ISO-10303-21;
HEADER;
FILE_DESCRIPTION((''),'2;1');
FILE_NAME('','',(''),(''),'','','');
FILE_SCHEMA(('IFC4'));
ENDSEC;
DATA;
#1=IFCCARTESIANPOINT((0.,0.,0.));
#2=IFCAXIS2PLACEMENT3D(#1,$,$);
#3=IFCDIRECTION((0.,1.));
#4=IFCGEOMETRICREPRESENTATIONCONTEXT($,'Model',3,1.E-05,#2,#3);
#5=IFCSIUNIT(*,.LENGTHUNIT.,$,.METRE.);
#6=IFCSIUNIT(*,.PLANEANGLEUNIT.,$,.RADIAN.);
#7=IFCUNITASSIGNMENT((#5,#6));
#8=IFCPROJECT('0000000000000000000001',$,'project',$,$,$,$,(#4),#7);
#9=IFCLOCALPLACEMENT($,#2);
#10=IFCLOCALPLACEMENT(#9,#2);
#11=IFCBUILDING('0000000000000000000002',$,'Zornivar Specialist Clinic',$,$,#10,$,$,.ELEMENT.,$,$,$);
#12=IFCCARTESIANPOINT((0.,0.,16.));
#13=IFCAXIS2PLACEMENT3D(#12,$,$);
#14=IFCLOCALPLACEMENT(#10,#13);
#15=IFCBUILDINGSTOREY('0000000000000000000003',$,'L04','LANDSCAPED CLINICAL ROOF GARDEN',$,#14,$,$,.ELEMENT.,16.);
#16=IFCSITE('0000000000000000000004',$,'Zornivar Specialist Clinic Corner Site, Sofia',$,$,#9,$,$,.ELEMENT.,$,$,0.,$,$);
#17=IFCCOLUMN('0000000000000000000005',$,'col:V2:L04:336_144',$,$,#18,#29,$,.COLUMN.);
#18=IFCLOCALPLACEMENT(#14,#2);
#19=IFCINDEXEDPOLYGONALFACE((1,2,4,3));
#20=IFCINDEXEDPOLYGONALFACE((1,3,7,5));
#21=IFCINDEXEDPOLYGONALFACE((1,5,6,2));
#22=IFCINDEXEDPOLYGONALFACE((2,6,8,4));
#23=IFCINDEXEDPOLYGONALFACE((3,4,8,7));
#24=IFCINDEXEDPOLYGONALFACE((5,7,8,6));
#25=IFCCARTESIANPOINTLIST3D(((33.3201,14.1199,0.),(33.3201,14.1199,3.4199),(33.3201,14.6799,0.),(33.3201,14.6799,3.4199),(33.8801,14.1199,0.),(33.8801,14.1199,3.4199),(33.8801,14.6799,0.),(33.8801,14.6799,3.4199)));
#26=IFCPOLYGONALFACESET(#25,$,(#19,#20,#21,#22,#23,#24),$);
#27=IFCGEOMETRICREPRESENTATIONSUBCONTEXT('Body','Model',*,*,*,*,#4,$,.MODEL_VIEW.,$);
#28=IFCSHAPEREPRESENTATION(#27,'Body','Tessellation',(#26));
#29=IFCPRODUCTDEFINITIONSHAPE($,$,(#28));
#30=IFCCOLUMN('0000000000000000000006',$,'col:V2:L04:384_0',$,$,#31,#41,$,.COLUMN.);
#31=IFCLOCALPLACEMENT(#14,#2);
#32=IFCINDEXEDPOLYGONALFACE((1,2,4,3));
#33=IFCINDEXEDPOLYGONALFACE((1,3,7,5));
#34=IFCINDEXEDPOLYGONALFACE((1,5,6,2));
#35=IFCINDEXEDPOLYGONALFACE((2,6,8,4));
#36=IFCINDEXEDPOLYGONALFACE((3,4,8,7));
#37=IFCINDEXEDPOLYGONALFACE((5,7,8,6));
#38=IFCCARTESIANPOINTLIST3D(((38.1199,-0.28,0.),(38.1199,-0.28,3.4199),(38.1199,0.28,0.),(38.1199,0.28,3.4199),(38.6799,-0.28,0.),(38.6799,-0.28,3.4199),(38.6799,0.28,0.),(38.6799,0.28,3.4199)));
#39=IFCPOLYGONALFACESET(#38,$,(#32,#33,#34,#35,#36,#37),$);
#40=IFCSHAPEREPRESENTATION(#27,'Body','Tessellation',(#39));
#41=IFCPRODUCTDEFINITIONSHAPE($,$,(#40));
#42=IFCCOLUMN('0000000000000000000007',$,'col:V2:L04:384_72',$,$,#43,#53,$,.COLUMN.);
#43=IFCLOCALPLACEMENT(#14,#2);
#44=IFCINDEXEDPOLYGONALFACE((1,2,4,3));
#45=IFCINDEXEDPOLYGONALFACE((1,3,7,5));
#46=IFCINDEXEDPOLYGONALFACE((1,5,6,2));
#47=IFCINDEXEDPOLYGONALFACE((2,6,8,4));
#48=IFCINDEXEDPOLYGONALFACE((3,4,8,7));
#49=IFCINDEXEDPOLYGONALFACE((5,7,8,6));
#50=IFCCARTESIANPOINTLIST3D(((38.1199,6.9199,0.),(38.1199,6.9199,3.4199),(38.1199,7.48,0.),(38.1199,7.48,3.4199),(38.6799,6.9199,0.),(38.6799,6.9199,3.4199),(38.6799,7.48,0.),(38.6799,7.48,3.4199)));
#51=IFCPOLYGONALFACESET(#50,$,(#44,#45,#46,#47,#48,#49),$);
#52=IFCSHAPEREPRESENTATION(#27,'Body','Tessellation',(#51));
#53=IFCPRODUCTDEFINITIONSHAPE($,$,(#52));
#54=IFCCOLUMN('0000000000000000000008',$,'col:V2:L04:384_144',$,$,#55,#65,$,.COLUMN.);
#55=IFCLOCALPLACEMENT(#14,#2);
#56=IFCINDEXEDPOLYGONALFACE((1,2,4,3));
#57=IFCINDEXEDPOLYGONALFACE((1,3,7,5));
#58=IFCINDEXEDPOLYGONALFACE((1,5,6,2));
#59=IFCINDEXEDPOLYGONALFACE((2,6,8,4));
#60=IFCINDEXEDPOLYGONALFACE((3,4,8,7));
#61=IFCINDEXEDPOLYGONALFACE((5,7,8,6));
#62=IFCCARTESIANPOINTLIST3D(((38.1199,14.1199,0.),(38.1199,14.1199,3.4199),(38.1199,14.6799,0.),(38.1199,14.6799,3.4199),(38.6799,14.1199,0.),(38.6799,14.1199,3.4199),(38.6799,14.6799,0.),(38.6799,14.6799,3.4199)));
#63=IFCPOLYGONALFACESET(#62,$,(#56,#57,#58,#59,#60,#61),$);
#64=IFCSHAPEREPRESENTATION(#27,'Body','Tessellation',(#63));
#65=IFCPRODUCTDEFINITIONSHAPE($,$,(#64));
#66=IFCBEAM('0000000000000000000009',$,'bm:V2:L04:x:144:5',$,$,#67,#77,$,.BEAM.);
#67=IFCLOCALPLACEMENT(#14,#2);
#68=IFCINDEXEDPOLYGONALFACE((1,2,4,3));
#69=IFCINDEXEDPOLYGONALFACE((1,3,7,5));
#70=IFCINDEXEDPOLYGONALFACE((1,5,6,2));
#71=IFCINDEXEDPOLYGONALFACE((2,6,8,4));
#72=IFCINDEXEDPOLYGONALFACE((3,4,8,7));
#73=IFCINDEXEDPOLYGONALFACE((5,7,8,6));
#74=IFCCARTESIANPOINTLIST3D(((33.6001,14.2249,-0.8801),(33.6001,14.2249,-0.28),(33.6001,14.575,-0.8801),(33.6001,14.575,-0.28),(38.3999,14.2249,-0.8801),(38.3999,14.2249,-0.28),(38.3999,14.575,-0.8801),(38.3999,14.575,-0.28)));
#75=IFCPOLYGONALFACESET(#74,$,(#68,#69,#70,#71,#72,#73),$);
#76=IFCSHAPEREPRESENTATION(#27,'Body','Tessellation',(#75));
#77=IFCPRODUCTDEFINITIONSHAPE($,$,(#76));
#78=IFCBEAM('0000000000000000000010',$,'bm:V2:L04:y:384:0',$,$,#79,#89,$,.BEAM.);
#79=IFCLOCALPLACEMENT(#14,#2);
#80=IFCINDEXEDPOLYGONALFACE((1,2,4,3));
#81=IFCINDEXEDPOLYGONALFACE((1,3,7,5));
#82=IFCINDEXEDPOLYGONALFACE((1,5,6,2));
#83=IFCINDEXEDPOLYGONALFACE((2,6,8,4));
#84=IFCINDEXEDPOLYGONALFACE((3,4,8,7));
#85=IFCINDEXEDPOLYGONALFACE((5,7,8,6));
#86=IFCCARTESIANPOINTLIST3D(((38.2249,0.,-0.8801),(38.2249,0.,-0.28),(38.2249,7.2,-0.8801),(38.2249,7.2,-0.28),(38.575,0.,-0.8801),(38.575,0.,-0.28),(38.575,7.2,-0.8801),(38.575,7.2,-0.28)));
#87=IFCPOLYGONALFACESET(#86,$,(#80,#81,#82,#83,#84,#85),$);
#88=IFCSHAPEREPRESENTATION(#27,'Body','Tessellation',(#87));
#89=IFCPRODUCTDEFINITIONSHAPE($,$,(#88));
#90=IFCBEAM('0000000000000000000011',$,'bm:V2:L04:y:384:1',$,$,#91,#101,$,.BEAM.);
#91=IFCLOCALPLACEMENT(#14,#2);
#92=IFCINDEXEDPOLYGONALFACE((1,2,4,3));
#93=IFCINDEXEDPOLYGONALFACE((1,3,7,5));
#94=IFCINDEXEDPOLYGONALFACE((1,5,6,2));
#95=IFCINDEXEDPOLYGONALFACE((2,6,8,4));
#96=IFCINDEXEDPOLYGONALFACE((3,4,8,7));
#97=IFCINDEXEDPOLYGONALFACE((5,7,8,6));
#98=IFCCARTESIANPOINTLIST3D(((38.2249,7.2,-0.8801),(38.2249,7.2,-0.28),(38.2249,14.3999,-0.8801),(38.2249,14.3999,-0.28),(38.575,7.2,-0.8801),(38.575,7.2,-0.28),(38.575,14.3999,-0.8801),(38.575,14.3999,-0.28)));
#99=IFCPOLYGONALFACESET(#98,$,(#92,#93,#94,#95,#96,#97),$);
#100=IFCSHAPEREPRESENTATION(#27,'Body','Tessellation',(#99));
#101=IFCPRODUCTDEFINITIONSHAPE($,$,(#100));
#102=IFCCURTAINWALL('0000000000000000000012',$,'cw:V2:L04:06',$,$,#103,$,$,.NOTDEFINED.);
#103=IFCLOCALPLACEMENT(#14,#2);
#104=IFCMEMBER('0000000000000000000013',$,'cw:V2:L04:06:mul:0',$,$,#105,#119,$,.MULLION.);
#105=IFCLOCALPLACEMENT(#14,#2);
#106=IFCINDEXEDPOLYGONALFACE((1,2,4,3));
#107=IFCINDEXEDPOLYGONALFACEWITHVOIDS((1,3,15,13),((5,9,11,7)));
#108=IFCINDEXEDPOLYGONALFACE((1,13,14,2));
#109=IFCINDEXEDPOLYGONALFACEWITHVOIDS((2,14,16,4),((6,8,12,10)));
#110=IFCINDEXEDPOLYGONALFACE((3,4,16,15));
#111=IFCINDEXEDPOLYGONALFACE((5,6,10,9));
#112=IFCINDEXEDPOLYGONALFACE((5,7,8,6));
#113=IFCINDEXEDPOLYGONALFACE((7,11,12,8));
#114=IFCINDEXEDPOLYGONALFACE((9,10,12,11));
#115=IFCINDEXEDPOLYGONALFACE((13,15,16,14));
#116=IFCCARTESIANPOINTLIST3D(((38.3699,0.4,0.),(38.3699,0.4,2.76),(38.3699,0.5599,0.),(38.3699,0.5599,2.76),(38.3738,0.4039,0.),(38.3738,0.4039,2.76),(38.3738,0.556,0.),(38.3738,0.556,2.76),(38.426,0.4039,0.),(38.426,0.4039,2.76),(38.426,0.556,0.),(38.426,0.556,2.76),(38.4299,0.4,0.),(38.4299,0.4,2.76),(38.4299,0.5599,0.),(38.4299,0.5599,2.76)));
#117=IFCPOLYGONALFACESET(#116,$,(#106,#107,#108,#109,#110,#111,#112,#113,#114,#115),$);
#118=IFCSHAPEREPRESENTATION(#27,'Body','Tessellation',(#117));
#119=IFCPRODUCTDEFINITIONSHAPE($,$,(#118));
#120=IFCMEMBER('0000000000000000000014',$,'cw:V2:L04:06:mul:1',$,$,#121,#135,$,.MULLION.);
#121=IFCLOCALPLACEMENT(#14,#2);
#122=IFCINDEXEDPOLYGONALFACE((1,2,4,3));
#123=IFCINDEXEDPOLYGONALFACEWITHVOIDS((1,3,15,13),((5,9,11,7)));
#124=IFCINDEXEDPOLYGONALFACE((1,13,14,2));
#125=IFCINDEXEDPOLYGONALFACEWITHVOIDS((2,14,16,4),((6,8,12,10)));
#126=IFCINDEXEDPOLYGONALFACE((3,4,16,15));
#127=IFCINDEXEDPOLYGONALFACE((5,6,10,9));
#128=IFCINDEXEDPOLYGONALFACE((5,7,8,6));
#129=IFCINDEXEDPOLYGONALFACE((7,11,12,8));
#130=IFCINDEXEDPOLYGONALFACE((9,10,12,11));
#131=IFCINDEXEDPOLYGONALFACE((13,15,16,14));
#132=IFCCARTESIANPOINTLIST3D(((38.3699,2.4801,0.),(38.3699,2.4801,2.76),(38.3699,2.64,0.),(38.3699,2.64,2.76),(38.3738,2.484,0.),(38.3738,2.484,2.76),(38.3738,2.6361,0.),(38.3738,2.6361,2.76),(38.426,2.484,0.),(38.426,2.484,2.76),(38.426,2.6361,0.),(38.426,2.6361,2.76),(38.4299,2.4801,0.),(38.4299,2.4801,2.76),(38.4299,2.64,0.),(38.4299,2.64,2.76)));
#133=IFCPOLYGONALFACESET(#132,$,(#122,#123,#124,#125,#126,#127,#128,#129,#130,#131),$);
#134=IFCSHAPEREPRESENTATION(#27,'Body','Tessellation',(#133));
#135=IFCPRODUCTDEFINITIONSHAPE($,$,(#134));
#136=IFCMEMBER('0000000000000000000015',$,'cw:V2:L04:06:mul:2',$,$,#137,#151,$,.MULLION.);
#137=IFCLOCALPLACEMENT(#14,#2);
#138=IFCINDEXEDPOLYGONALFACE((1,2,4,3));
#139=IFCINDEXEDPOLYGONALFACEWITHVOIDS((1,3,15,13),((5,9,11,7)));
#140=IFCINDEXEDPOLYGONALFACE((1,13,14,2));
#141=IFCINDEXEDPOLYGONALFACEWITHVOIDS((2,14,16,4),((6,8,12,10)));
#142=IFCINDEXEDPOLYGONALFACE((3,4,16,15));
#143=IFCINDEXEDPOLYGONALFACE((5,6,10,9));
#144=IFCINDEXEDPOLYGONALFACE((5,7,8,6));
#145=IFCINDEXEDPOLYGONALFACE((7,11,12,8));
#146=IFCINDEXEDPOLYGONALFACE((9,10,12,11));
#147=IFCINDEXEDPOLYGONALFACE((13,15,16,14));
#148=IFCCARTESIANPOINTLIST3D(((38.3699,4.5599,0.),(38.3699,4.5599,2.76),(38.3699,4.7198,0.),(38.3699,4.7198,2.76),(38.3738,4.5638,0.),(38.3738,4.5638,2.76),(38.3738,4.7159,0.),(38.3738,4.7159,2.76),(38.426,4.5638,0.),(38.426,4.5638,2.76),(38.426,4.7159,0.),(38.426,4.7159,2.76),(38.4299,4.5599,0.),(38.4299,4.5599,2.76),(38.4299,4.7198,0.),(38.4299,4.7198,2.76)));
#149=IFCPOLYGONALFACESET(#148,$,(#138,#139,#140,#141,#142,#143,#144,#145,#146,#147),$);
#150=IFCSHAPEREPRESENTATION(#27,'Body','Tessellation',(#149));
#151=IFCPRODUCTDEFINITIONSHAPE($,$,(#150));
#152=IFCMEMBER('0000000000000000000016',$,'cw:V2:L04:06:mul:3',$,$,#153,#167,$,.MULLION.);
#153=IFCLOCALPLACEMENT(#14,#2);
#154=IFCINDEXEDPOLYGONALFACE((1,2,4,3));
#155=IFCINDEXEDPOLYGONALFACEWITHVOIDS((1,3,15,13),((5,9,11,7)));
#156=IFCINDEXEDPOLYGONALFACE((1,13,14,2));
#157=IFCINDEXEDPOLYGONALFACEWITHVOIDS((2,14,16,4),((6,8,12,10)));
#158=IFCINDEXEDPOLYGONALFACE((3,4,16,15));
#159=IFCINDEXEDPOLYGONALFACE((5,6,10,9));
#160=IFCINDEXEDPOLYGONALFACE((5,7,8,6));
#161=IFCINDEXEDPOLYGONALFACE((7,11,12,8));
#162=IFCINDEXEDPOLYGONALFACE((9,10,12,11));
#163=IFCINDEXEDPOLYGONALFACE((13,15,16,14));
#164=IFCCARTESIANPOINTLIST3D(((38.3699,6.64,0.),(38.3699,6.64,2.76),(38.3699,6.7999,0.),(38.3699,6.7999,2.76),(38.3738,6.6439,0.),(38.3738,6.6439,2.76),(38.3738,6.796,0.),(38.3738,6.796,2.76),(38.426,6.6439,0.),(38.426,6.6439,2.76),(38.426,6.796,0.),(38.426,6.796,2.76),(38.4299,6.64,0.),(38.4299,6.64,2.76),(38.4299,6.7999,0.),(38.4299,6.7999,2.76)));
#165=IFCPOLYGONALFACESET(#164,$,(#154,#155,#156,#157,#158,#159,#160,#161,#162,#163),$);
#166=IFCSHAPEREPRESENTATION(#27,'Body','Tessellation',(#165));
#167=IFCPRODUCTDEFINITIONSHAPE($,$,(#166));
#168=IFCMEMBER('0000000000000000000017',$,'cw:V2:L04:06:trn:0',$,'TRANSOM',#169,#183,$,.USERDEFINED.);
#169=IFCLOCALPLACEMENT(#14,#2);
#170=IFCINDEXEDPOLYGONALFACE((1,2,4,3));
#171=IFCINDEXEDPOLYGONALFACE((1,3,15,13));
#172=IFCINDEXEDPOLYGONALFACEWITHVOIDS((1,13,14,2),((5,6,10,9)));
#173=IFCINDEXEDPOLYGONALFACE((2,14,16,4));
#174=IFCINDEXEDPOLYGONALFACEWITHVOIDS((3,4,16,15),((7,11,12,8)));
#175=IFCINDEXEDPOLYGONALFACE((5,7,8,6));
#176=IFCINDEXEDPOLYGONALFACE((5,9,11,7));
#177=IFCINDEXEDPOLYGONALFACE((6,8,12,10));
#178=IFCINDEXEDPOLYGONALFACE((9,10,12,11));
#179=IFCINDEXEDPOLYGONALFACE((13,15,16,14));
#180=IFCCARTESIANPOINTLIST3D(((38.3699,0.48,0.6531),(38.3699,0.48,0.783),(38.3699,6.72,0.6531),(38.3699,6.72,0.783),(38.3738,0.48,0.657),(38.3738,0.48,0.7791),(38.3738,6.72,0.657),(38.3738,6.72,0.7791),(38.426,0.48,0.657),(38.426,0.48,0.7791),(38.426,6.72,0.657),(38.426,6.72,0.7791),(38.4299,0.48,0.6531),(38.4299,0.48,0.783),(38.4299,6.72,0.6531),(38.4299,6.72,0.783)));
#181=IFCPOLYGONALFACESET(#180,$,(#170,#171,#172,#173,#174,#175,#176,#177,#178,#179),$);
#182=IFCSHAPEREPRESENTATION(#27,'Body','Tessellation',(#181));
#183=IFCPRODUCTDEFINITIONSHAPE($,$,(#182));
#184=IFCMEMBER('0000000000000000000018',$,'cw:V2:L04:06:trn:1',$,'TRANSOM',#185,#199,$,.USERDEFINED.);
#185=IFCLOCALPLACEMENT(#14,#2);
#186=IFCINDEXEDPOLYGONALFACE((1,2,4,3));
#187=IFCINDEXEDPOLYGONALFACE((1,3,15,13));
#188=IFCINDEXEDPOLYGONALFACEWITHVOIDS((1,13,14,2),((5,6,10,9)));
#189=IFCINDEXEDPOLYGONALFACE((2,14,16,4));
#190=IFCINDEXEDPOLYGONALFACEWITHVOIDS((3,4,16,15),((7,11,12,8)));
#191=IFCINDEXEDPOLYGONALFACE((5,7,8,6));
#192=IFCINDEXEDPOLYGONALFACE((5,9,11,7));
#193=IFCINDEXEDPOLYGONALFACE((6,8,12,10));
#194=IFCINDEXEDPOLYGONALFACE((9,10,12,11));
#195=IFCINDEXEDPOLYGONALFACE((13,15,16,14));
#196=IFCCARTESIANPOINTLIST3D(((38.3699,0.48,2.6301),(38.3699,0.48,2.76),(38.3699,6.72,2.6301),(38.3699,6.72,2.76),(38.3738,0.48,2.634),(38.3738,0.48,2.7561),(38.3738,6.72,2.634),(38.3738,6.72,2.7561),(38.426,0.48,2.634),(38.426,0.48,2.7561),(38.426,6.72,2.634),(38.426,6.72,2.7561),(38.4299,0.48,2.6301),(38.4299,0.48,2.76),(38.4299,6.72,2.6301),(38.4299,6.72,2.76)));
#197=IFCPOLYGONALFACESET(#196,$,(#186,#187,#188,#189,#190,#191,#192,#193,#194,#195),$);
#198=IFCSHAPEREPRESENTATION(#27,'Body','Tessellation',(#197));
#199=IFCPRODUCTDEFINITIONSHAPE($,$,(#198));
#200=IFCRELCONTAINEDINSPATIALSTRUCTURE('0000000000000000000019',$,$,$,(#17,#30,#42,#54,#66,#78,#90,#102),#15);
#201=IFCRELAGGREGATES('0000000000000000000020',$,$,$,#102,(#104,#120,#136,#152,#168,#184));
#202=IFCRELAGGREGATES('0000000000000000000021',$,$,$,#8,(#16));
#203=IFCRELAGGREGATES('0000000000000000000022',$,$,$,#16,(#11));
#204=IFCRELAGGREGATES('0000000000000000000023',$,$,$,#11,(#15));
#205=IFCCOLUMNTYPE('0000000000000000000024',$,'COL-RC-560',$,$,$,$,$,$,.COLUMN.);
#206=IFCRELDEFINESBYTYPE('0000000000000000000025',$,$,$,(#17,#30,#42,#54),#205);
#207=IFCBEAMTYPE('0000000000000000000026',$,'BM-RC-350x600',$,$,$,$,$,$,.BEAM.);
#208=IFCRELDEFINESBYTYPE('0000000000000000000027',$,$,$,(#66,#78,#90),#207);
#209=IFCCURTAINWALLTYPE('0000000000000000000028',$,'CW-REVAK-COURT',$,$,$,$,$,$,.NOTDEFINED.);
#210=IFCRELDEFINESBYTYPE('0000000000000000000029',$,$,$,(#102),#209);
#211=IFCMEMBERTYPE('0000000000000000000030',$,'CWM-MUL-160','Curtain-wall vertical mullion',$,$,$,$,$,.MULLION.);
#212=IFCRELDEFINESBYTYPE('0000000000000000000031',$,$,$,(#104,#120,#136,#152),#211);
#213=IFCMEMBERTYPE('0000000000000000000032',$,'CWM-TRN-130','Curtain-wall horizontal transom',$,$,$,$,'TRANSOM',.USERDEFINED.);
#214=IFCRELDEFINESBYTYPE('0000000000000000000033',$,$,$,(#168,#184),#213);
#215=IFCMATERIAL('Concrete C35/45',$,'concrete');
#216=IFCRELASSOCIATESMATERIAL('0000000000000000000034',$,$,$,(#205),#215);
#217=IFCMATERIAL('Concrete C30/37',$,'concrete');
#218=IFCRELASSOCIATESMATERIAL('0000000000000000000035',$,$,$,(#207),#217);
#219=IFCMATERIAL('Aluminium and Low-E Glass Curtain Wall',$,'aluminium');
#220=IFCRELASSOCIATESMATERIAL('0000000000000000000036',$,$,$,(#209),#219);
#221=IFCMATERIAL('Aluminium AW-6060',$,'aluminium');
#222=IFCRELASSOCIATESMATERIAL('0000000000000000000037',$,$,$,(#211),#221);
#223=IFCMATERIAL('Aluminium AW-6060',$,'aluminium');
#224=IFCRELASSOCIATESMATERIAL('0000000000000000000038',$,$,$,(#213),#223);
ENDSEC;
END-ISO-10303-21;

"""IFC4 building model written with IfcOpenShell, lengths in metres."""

from ifc_helpers import new_model, si_unit, direction, frame, origin, origin_2d, place, context, subcontext, project, spatial, rectangle, hollow_rectangle, extrude, material, material_profile, profile_set, type_object, element, aggregate, save


model = new_model("IFC4")

# Units and contexts
model_context = context("Model", 3, precision=1e-05, world=origin(), true_north=direction((0.0, 1.0)))
body_context = subcontext(model_context, "Body", "Model", "MODEL_VIEW")
ifc_project = project(units=[si_unit("LENGTHUNIT", "METRE"), si_unit("PLANEANGLEUNIT", "RADIAN")], contexts=[model_context])

# Site, building, storey
site_placement = place(None, origin())
site = spatial("IfcSite", under=ifc_project, at=site_placement, Name="Zornivar Specialist Clinic Corner Site, Sofia", CompositionType="ELEMENT", RefElevation=0.0)
building_placement = place(site_placement, origin())
building = spatial("IfcBuilding", under=site, at=building_placement, Name="Zornivar Specialist Clinic", CompositionType="ELEMENT")
storey_placement = place(building_placement, frame((0.0, 0.0, 16.0)))
storey = spatial("IfcBuildingStorey", under=building, at=storey_placement, Name="L04", Description="LANDSCAPED CLINICAL ROOF GARDEN", CompositionType="ELEMENT", Elevation=16.0)

# Columns
ifc_material_1 = material(Name="Concrete C35/45", Category="concrete")
ifc_material_profile_1 = material_profile(ifc_material_1, rectangle(XDim=0.5601, YDim=0.5601, at=origin_2d()), Name="RC 560x560")
ifc_profile_set_1 = profile_set([ifc_material_profile_1], Name="Concrete C35/45")
column_type = type_object("IfcColumnType", Name="COL-RC-560", PredefinedType="COLUMN", material=ifc_profile_set_1)
for number, where, z_axis, x_axis, name in (
    (1, (33.6001, 14.3999, 0.0), (0.0, 0.0, 1.0), (1.0, 0.0, 0.0), "col:V2:L04:336_144"),
    (2, (38.3999, 0.0, 0.0), (0.0, 0.0, 1.0), (1.0, 0.0, 0.0), "col:V2:L04:384_0"),
    (3, (38.3999, 7.2, 0.0), (0.0, 0.0, 1.0), (1.0, 0.0, 0.0), "col:V2:L04:384_72"),
    (4, (38.3999, 14.3999, 0.0), (0.0, 0.0, 1.0), (1.0, 0.0, 0.0), "col:V2:L04:384_144"),
):
    element("IfcColumn", number, at=place(storey_placement, frame(where, z_axis=z_axis, x_axis=x_axis)), inside=storey, type_object=column_type, Name=name, PredefinedType="COLUMN", context=body_context, shape_type="SweptSolid", body=[
        extrude(rectangle(XDim=0.5601, YDim=0.5601, at=origin_2d()), origin(), (0.0, 0.0, 1.0), 3.4199),
    ])

# Beams
ifc_material_2 = material(Name="Concrete C30/37", Category="concrete")
ifc_material_profile_2 = material_profile(ifc_material_2, rectangle(XDim=0.3501, YDim=0.6001, at=origin_2d()), Name="RC 350x600")
ifc_profile_set_2 = profile_set([ifc_material_profile_2], Name="Concrete C30/37")
beam_type = type_object("IfcBeamType", Name="BM-RC-350x600", PredefinedType="BEAM", material=ifc_profile_set_2)
beam_placement = place(storey_placement, frame((33.6001, 14.3999, -0.5801), z_axis=(1.0, 0.0, 0.0), x_axis=(0.0, 1.0, 0.0)))
element("IfcBeam", 5, at=beam_placement, inside=storey, type_object=beam_type, Name="bm:V2:L04:x:144:5", PredefinedType="BEAM", context=body_context, shape_type="SweptSolid", body=[
    extrude(rectangle(XDim=0.3501, YDim=0.6001, at=origin_2d()), origin(), (0.0, 0.0, 1.0), 4.7998),
])
for number, where, z_axis, x_axis, name in (
    (6, (38.3999, 0.0, -0.5801), (0.0, 1.0, 0.0), (-1.0, 0.0, 0.0), "bm:V2:L04:y:384:0"),
    (7, (38.3999, 7.2, -0.5801), (0.0, 1.0, 0.0), (-1.0, 0.0, 0.0), "bm:V2:L04:y:384:1"),
):
    element("IfcBeam", number, at=place(storey_placement, frame(where, z_axis=z_axis, x_axis=x_axis)), inside=storey, type_object=beam_type, Name=name, PredefinedType="BEAM", context=body_context, shape_type="SweptSolid", body=[
        extrude(rectangle(XDim=0.3501, YDim=0.6001, at=origin_2d()), origin(), (0.0, 0.0, 1.0), 7.2),
    ])

# Curtain wall, members
ifc_material_3 = material(Name="Aluminium and Low-E Glass Curtain Wall", Category="aluminium")
curtain_wall_type = type_object("IfcCurtainWallType", Name="CW-REVAK-COURT", PredefinedType="NOTDEFINED", material=ifc_material_3)
curtain_wall_placement = place(storey_placement, origin())
curtain_wall = element("IfcCurtainWall", 8, at=curtain_wall_placement, inside=storey, type_object=curtain_wall_type, Name="cw:V2:L04:06", PredefinedType="NOTDEFINED")
ifc_material_4 = material(Name="Aluminium AW-6060", Category="aluminium")
ifc_material_profile_3 = material_profile(ifc_material_4, hollow_rectangle(XDim=0.0601, YDim=0.1599, WallThickness=0.0039, at=origin_2d()), Name="ALU 60x160x4")
ifc_profile_set_3 = profile_set([ifc_material_profile_3], Name="Aluminium AW-6060")
member_type_1 = type_object("IfcMemberType", Name="CWM-MUL-160", Description="Curtain-wall vertical mullion", PredefinedType="MULLION", material=ifc_profile_set_3)
member_1_placement = place(storey_placement, frame((38.3999, 0.48, 0.0), z_axis=(0.0, 0.0, 1.0), x_axis=(1.0, 0.0, 0.0)))
member_1 = element("IfcMember", 9, at=member_1_placement, type_object=member_type_1, Name="cw:V2:L04:06:mul:0", PredefinedType="MULLION", context=body_context, shape_type="SweptSolid", body=[
    extrude(hollow_rectangle(XDim=0.0601, YDim=0.1599, WallThickness=0.0039, at=origin_2d()), origin(), (0.0, 0.0, 1.0), 2.76),
])
member_2_placement = place(storey_placement, frame((38.3999, 2.5601, 0.0), z_axis=(0.0, 0.0, 1.0), x_axis=(1.0, 0.0, 0.0)))
member_2 = element("IfcMember", 10, at=member_2_placement, type_object=member_type_1, Name="cw:V2:L04:06:mul:1", PredefinedType="MULLION", context=body_context, shape_type="SweptSolid", body=[
    extrude(hollow_rectangle(XDim=0.0601, YDim=0.1599, WallThickness=0.0039, at=origin_2d()), origin(), (0.0, 0.0, 1.0), 2.76),
])
member_3_placement = place(storey_placement, frame((38.3999, 4.6399, 0.0), z_axis=(0.0, 0.0, 1.0), x_axis=(1.0, 0.0, 0.0)))
member_3 = element("IfcMember", 11, at=member_3_placement, type_object=member_type_1, Name="cw:V2:L04:06:mul:2", PredefinedType="MULLION", context=body_context, shape_type="SweptSolid", body=[
    extrude(hollow_rectangle(XDim=0.0601, YDim=0.1599, WallThickness=0.0039, at=origin_2d()), origin(), (0.0, 0.0, 1.0), 2.76),
])
member_4_placement = place(storey_placement, frame((38.3999, 6.72, 0.0), z_axis=(0.0, 0.0, 1.0), x_axis=(1.0, 0.0, 0.0)))
member_4 = element("IfcMember", 12, at=member_4_placement, type_object=member_type_1, Name="cw:V2:L04:06:mul:3", PredefinedType="MULLION", context=body_context, shape_type="SweptSolid", body=[
    extrude(hollow_rectangle(XDim=0.0601, YDim=0.1599, WallThickness=0.0039, at=origin_2d()), origin(), (0.0, 0.0, 1.0), 2.76),
])
ifc_material_5 = material(Name="Aluminium AW-6060", Category="aluminium")
ifc_material_profile_4 = material_profile(ifc_material_5, hollow_rectangle(XDim=0.0601, YDim=0.1299, WallThickness=0.0039, at=origin_2d()), Name="ALU 60x130x4")
ifc_profile_set_4 = profile_set([ifc_material_profile_4], Name="Aluminium AW-6060")
member_type_2 = type_object("IfcMemberType", Name="CWM-TRN-130", Description="Curtain-wall horizontal transom", ElementType="TRANSOM", PredefinedType="USERDEFINED", material=ifc_profile_set_4)
member_5_placement = place(storey_placement, frame((38.3999, 0.48, 0.718), z_axis=(0.0, 1.0, 0.0), x_axis=(-1.0, 0.0, 0.0)))
member_5 = element("IfcMember", 13, at=member_5_placement, type_object=member_type_2, Name="cw:V2:L04:06:trn:0", ObjectType="TRANSOM", PredefinedType="USERDEFINED", context=body_context, shape_type="SweptSolid", body=[
    extrude(hollow_rectangle(XDim=0.0601, YDim=0.1299, WallThickness=0.0039, at=origin_2d()), origin(), (0.0, 0.0, 1.0), 6.24),
])
member_6_placement = place(storey_placement, frame((38.3999, 0.48, 2.6951), z_axis=(0.0, 1.0, 0.0), x_axis=(-1.0, 0.0, 0.0)))
member_6 = element("IfcMember", 14, at=member_6_placement, type_object=member_type_2, Name="cw:V2:L04:06:trn:1", ObjectType="TRANSOM", PredefinedType="USERDEFINED", context=body_context, shape_type="SweptSolid", body=[
    extrude(hollow_rectangle(XDim=0.0601, YDim=0.1299, WallThickness=0.0039, at=origin_2d()), origin(), (0.0, 0.0, 1.0), 6.24),
])

aggregate(curtain_wall, [member_1, member_2, member_3, member_4, member_5, member_6])

save(model, "model.ifc")
